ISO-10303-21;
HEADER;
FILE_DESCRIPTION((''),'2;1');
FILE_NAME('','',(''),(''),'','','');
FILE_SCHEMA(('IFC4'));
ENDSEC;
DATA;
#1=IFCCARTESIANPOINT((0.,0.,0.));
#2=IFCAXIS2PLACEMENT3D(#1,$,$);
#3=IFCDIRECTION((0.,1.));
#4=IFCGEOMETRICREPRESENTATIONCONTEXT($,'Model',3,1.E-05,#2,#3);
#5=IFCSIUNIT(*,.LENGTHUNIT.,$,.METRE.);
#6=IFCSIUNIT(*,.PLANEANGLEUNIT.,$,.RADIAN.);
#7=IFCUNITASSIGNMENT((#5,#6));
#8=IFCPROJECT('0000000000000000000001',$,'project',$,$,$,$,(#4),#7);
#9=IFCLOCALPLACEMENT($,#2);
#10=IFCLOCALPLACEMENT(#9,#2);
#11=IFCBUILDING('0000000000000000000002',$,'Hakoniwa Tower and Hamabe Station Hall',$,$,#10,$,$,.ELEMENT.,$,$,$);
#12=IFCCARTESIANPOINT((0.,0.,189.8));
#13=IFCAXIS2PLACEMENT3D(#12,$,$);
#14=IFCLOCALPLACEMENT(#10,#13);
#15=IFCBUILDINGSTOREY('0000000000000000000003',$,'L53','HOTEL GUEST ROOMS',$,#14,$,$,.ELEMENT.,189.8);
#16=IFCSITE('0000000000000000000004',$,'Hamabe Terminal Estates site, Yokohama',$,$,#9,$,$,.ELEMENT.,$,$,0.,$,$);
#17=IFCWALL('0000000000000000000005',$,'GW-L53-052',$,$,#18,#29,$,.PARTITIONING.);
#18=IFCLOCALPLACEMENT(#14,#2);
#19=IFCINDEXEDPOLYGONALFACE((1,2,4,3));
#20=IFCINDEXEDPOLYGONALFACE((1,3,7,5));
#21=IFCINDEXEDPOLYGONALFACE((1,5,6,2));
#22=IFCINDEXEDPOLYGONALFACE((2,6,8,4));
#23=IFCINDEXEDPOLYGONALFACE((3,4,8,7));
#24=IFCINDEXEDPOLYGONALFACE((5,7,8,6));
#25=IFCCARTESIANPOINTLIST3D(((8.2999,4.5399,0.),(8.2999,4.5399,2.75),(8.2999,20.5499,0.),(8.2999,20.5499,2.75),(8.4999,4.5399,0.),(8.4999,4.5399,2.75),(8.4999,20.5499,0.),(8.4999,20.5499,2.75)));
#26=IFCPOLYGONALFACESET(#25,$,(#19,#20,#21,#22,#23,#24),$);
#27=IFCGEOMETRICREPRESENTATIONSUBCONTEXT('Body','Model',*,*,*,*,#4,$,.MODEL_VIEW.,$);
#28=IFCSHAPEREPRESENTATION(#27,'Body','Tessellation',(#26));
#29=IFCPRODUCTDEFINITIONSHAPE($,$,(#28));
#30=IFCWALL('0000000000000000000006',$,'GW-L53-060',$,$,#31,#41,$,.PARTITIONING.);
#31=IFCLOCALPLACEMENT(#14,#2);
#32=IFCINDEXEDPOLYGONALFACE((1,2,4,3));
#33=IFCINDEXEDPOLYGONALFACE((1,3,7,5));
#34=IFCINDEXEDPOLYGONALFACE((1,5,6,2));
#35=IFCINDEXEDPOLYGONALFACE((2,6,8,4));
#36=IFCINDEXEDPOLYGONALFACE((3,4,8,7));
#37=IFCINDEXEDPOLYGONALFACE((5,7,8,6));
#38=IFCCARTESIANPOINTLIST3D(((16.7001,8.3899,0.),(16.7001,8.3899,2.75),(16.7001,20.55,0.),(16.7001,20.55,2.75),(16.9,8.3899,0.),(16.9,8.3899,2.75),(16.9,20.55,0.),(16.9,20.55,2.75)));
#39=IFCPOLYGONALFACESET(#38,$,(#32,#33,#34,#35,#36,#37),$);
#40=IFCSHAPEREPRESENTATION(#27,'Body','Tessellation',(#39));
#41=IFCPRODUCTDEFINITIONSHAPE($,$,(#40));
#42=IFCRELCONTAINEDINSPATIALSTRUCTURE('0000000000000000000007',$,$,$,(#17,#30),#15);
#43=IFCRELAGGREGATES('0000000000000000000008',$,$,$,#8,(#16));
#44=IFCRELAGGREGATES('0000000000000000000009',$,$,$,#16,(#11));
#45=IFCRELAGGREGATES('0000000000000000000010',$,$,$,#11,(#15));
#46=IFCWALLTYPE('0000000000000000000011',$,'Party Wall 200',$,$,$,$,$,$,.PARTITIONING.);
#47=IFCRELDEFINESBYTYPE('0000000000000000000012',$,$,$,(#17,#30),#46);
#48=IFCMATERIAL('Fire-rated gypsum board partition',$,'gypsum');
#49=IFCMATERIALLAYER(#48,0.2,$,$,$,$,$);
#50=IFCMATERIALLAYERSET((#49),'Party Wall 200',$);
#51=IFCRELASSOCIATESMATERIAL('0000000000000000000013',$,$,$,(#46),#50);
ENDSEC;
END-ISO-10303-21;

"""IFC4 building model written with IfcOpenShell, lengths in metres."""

from ifc_helpers import new_model, si_unit, direction, frame, frame_2d, origin, place, context, subcontext, project, spatial, rectangle, extrude, material, layer, layer_set, type_object, element, save


model = new_model("IFC4")

# Units and contexts
model_context = context("Model", 3, precision=1e-05, world=origin(), true_north=direction((0.0, 1.0)))
body_context = subcontext(model_context, "Body", "Model", "MODEL_VIEW")
ifc_project = project(units=[si_unit("LENGTHUNIT", "METRE"), si_unit("PLANEANGLEUNIT", "RADIAN")], contexts=[model_context])

# Site, building, storey
site_placement = place(None, origin())
site = spatial("IfcSite", under=ifc_project, at=site_placement, Name="Hamabe Terminal Estates site, Yokohama", CompositionType="ELEMENT", RefElevation=0.0)
building_placement = place(site_placement, origin())
building = spatial("IfcBuilding", under=site, at=building_placement, Name="Hakoniwa Tower and Hamabe Station Hall", CompositionType="ELEMENT")
storey_placement = place(building_placement, frame((0.0, 0.0, 189.8)))
storey = spatial("IfcBuildingStorey", under=building, at=storey_placement, Name="L53", Description="HOTEL GUEST ROOMS", CompositionType="ELEMENT", Elevation=189.8)

# Walls
ifc_material_1 = material(Name="Fire-rated gypsum board partition", Category="gypsum")
ifc_layer_1 = layer(ifc_material_1, 0.2)
ifc_layer_set_1 = layer_set([ifc_layer_1], Name="Party Wall 200")
wall_type_1 = type_object("IfcWallType", Name="Party Wall 200", PredefinedType="PARTITIONING", material=ifc_layer_set_1)
wall_1_placement = place(storey_placement, frame((8.3999, 4.54, 0.0), z_axis=(0.0, 0.0, 1.0), x_axis=(0.0, 1.0, 0.0)))
element("IfcWall", 1, at=wall_1_placement, inside=storey, type_object=wall_type_1, Name="GW-L53-052", PredefinedType="PARTITIONING", context=body_context, shape_type="SweptSolid", body=[
    extrude(rectangle(XDim=16.01, YDim=0.2, at=frame_2d((8.0049, 0.0))), origin(), (0.0, 0.0, 1.0), 2.75),
])
wall_2_placement = place(storey_placement, frame((16.8, 8.3899, 0.0), z_axis=(0.0, 0.0, 1.0), x_axis=(0.0, 1.0, 0.0)))
element("IfcWall", 2, at=wall_2_placement, inside=storey, type_object=wall_type_1, Name="GW-L53-060", PredefinedType="PARTITIONING", context=body_context, shape_type="SweptSolid", body=[
    extrude(rectangle(XDim=12.1602, YDim=0.2, at=frame_2d((6.0801, 0.0))), origin(), (0.0, 0.0, 1.0), 2.75),
])

save(model, "model.ifc")
